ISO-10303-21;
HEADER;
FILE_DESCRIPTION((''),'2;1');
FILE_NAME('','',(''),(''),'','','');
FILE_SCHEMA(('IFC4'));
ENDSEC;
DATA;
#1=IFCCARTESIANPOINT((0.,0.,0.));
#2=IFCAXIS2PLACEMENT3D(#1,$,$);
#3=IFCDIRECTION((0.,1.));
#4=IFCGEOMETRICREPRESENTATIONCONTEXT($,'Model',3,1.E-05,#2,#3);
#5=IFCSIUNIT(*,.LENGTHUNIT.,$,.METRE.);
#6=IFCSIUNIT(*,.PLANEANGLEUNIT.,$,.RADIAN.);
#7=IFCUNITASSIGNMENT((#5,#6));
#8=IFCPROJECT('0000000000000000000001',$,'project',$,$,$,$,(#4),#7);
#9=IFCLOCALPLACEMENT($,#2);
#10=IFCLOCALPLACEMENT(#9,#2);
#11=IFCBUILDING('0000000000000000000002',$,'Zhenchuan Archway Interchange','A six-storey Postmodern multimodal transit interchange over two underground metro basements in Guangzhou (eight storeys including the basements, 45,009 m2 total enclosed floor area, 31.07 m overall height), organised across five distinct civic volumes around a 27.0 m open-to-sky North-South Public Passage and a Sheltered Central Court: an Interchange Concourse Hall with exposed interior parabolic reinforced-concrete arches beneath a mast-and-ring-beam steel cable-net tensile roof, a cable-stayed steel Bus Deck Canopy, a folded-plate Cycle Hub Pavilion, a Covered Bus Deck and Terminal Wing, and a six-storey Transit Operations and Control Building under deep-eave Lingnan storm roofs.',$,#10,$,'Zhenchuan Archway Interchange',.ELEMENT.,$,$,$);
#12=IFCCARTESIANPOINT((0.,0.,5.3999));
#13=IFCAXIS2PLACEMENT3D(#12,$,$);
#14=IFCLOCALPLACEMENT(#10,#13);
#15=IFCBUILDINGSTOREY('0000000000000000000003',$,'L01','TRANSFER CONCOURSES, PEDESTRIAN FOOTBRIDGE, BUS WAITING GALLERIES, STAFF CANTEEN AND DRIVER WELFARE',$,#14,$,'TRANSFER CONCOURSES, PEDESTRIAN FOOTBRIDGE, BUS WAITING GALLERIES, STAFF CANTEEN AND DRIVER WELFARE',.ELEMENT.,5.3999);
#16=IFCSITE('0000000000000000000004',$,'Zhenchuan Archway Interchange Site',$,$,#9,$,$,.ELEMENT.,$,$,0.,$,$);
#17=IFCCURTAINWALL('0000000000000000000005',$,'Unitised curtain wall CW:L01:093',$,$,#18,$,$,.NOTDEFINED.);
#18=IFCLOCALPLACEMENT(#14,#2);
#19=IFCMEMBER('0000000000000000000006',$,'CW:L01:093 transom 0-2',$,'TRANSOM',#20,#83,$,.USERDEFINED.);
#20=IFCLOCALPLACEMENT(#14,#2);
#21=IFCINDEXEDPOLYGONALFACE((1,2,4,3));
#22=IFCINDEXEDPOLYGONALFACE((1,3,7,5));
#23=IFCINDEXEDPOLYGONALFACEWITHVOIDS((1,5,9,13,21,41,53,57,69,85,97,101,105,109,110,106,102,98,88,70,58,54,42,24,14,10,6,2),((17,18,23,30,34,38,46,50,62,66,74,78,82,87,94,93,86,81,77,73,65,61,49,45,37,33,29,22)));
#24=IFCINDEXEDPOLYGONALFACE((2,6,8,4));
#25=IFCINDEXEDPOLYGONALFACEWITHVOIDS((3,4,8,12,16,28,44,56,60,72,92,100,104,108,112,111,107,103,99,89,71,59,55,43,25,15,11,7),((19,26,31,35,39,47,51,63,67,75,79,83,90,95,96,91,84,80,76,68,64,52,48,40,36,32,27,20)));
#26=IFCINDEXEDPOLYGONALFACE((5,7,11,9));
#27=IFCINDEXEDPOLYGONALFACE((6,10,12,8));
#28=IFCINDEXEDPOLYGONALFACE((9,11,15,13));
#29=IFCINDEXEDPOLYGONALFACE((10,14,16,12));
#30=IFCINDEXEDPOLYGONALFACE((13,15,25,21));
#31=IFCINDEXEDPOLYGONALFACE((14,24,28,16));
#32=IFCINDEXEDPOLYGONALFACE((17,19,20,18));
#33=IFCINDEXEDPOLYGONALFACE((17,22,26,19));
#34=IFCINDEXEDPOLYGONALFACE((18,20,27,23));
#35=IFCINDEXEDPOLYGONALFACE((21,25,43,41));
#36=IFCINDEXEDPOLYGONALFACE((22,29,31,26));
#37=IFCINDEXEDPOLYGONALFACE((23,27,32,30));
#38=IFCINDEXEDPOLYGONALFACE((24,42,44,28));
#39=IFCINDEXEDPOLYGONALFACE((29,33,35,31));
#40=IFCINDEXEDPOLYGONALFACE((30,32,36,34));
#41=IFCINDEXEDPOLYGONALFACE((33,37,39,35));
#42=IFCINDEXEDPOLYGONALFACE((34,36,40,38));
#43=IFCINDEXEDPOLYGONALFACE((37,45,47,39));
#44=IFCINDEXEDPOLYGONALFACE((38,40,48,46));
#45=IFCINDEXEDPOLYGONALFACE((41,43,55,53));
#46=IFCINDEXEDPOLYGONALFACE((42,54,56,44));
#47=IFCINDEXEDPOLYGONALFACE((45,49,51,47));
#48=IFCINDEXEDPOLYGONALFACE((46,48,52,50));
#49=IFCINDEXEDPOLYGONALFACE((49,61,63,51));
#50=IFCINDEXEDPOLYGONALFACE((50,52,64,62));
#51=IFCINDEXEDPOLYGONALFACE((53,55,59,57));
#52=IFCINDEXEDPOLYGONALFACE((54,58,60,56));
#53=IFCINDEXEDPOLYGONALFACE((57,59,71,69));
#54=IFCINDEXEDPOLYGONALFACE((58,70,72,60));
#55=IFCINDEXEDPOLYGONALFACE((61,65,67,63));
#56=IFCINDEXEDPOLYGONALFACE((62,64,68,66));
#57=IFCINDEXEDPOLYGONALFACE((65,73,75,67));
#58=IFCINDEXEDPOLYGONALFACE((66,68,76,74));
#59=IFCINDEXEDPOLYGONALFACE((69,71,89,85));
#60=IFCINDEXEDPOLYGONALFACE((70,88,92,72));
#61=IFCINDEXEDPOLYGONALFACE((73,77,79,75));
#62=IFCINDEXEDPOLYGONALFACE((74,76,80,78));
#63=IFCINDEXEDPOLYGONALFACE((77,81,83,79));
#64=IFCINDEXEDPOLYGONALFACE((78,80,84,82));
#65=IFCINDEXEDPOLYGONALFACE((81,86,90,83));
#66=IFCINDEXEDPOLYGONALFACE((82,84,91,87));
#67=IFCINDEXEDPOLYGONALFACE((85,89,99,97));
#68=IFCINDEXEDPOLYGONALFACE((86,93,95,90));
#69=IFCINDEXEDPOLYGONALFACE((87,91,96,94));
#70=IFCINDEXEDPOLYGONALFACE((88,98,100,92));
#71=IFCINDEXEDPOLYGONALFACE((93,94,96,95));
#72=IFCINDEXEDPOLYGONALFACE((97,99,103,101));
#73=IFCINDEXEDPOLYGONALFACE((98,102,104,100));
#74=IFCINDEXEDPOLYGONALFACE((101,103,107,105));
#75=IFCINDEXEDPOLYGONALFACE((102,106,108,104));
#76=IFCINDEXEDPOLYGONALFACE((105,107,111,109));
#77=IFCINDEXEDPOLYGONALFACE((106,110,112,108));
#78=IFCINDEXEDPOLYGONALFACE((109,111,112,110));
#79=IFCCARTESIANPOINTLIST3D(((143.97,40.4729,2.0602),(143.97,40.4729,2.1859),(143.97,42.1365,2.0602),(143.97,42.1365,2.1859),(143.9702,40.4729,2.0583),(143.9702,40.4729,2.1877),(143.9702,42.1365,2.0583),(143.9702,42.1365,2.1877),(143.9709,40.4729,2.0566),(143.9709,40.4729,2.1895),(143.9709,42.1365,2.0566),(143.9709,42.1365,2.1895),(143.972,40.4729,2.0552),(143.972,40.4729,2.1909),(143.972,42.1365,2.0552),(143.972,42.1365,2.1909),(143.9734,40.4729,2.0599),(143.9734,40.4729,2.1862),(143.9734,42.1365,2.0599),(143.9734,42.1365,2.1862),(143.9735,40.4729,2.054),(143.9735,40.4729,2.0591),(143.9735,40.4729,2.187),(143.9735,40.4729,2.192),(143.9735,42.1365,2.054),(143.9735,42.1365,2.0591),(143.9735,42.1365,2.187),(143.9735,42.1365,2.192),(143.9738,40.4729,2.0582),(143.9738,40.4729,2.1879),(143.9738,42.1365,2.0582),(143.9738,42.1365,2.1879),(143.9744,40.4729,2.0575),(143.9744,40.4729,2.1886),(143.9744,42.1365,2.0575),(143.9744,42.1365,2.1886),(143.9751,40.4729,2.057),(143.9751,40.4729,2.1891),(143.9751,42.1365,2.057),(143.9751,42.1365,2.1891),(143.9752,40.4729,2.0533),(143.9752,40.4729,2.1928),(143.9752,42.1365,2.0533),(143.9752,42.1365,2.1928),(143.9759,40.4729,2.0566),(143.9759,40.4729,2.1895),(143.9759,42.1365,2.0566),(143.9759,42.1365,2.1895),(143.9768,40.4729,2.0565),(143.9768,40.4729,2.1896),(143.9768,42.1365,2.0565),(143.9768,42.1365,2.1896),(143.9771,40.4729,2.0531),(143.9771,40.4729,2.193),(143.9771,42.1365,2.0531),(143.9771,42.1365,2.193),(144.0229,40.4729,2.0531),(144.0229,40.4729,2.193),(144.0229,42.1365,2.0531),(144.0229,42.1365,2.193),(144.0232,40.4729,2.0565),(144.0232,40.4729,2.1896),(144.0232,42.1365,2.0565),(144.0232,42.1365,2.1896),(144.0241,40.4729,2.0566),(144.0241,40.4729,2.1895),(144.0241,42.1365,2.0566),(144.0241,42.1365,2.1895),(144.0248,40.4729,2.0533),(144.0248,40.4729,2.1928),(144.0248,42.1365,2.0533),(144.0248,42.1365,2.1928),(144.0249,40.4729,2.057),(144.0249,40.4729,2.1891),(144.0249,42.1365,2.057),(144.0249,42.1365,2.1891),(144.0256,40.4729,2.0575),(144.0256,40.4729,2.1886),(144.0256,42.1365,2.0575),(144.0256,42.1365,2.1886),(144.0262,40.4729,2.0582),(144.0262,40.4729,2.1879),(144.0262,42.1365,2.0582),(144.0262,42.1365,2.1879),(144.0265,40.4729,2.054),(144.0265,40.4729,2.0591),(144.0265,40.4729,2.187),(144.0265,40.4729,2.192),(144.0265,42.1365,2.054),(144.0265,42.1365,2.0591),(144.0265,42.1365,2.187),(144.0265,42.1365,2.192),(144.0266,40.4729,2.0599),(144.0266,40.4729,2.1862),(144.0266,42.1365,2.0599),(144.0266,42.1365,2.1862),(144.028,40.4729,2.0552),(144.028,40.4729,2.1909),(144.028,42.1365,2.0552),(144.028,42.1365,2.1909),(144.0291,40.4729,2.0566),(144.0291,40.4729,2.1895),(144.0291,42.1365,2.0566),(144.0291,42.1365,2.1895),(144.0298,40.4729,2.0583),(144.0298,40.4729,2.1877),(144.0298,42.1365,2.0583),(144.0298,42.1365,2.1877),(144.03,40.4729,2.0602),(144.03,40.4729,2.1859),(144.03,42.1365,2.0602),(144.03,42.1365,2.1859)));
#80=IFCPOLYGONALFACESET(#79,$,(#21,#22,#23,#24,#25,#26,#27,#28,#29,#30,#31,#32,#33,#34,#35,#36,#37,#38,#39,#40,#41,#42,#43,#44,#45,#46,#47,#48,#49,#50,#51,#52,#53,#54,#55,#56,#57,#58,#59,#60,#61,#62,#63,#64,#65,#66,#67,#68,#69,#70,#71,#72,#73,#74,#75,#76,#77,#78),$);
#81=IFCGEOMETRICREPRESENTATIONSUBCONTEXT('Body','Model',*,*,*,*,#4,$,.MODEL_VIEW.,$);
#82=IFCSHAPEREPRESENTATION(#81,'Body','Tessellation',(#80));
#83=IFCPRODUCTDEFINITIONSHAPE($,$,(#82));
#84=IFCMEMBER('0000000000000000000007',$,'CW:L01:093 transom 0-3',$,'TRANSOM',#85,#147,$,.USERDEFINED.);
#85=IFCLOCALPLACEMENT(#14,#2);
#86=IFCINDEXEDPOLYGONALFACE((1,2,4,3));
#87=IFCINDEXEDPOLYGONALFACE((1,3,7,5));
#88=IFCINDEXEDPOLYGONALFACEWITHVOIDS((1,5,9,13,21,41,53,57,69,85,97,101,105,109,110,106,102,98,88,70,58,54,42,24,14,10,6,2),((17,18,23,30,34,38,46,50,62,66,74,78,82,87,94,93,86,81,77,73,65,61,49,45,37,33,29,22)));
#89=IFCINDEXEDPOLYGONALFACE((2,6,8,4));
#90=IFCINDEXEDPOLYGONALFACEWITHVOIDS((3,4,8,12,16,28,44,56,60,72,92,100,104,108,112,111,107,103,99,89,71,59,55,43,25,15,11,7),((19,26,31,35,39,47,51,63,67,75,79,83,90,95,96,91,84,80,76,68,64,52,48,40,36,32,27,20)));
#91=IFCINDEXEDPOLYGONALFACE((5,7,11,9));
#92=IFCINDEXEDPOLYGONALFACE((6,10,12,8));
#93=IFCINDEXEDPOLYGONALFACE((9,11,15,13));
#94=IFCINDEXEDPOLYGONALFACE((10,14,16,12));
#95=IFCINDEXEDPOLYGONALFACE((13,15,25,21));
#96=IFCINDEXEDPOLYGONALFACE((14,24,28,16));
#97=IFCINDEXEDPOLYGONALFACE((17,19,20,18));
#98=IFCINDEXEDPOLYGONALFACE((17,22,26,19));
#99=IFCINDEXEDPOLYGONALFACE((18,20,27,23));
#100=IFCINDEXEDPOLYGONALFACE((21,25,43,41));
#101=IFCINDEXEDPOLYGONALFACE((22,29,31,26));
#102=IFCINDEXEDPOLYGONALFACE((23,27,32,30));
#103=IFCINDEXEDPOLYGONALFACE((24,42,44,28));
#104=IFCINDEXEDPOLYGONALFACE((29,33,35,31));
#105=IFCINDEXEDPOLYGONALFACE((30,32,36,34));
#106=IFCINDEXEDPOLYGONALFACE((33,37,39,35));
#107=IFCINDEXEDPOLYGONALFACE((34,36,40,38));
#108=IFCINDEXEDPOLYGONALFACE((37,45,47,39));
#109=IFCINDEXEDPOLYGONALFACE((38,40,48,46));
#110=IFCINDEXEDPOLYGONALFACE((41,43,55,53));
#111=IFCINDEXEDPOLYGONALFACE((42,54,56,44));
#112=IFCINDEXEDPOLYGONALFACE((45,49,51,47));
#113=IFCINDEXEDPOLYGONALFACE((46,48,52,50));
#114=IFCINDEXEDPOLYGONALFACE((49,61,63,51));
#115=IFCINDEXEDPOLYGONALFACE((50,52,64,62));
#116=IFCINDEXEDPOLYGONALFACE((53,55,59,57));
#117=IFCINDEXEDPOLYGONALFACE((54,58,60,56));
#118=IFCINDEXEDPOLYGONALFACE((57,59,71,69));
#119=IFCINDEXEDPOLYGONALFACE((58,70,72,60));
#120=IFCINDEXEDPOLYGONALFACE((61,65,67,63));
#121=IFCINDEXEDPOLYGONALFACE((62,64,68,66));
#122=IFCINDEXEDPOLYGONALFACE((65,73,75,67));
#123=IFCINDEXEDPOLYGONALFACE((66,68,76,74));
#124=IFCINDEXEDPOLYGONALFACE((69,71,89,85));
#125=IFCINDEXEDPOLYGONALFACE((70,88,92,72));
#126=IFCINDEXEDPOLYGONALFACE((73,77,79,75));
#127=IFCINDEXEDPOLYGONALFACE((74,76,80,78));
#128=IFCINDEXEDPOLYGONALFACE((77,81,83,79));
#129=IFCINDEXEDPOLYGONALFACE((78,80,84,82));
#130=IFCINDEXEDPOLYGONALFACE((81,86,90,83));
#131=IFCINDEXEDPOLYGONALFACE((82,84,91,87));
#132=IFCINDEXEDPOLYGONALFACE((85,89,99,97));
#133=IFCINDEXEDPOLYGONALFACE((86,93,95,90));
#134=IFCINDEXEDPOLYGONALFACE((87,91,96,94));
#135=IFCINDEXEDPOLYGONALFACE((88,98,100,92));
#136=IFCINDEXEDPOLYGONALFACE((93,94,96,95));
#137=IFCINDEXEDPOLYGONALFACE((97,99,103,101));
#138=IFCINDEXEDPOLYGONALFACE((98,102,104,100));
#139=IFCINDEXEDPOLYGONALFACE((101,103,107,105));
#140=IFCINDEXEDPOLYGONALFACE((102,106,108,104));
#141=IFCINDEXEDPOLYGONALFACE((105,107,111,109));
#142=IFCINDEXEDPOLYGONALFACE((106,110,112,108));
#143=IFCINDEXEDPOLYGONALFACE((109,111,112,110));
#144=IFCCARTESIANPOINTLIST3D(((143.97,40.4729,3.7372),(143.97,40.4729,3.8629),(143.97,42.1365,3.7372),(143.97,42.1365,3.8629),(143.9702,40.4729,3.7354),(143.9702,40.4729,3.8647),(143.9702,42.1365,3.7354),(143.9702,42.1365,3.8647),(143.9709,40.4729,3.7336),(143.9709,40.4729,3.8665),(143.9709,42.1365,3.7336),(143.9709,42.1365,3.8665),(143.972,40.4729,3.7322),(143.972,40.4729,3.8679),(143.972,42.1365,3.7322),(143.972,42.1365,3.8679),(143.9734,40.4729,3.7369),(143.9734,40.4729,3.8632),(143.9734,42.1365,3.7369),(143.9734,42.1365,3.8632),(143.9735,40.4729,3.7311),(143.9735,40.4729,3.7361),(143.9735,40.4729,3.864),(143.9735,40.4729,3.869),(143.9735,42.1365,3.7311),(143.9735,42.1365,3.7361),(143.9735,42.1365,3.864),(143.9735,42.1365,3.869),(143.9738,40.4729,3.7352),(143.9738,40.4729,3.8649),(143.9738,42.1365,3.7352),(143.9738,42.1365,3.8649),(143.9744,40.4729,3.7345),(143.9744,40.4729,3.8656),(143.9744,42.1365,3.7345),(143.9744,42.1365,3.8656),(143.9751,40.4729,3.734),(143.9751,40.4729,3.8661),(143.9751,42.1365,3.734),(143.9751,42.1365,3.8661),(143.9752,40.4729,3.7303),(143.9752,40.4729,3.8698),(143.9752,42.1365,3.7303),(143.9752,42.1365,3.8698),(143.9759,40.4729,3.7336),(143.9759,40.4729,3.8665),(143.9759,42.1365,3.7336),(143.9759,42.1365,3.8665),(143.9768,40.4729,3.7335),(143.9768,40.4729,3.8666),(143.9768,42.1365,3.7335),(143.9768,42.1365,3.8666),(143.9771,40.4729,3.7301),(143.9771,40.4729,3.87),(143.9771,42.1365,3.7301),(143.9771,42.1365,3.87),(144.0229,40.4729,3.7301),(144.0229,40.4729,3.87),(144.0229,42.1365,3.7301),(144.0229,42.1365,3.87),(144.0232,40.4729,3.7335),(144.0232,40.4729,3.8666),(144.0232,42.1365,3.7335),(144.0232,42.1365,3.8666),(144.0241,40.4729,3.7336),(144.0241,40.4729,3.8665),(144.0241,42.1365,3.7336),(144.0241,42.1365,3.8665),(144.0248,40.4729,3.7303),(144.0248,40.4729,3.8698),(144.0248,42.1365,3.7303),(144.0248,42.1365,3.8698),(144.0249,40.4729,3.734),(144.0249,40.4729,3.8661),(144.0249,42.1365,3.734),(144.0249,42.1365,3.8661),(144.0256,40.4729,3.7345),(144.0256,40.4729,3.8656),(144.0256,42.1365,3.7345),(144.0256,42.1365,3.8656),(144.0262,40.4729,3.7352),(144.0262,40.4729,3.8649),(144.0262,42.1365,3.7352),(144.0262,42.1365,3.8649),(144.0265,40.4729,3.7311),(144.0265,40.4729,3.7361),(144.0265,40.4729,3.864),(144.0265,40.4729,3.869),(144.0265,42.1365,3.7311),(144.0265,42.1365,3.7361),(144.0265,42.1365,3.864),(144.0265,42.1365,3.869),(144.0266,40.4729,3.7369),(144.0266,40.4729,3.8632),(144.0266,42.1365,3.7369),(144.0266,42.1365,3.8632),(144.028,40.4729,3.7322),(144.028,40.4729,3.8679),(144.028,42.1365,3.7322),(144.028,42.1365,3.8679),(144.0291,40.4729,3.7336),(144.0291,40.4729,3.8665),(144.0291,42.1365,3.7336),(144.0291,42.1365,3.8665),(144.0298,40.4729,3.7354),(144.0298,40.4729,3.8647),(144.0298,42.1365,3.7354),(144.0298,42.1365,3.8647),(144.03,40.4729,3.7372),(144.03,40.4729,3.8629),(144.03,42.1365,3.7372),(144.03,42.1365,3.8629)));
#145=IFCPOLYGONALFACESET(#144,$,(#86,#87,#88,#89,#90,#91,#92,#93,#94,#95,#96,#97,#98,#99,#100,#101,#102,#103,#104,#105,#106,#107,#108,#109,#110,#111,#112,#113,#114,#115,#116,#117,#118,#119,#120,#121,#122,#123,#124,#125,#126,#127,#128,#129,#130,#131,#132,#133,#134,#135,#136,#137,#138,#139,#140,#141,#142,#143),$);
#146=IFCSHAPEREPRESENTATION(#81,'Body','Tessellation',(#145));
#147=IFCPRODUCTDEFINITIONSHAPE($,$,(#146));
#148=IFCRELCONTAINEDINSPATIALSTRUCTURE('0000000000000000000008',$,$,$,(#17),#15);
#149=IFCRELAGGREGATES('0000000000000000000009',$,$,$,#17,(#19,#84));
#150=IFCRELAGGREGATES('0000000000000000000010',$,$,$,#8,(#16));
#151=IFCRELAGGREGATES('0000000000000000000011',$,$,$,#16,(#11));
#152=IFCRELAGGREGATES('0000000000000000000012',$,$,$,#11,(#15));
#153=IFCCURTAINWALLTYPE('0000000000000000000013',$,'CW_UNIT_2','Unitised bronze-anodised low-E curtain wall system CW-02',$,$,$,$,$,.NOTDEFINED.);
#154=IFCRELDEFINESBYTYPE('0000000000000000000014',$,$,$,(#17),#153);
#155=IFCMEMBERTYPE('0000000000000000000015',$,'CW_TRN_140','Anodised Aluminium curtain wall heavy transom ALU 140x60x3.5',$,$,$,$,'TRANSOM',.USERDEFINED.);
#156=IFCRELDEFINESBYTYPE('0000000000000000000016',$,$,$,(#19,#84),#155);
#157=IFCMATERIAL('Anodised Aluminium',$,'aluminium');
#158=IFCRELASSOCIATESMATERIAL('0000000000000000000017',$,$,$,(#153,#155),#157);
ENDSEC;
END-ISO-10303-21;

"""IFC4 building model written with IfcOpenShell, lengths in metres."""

from ifc_helpers import new_model, si_unit, direction, frame, origin, origin_2d, place, context, subcontext, project, spatial, hollow_rectangle, extrude, material, material_profile, profile_set, type_object, element, aggregate, save


model = new_model("IFC4")

# Units and contexts
model_context = context("Model", 3, precision=1e-05, world=origin(), true_north=direction((0.0, 1.0)))
body_context = subcontext(model_context, "Body", "Model", "MODEL_VIEW")
ifc_project = project(units=[si_unit("LENGTHUNIT", "METRE"), si_unit("PLANEANGLEUNIT", "RADIAN")], contexts=[model_context])

# Site, building, storey
site_placement = place(None, origin())
site = spatial("IfcSite", under=ifc_project, at=site_placement, Name="Zhenchuan Archway Interchange Site", CompositionType="ELEMENT", RefElevation=0.0)
building_placement = place(site_placement, origin())
building = spatial("IfcBuilding", under=site, at=building_placement, Name="Zhenchuan Archway Interchange", Description="A six-storey Postmodern multimodal transit interchange over two underground metro basements in Guangzhou (eight storeys including the basements, 45,009 m2 total enclosed floor area, 31.07 m overall height), organised across five distinct civic volumes around a 27.0 m open-to-sky North-South Public Passage and a Sheltered Central Court: an Interchange Concourse Hall with exposed interior parabolic reinforced-concrete arches beneath a mast-and-ring-beam steel cable-net tensile roof, a cable-stayed steel Bus Deck Canopy, a folded-plate Cycle Hub Pavilion, a Covered Bus Deck and Terminal Wing, and a six-storey Transit Operations and Control Building under deep-eave Lingnan storm roofs.", LongName="Zhenchuan Archway Interchange", CompositionType="ELEMENT")
storey_placement = place(building_placement, frame((0.0, 0.0, 5.3999)))
storey = spatial("IfcBuildingStorey", under=building, at=storey_placement, Name="L01", Description="TRANSFER CONCOURSES, PEDESTRIAN FOOTBRIDGE, BUS WAITING GALLERIES, STAFF CANTEEN AND DRIVER WELFARE", LongName="TRANSFER CONCOURSES, PEDESTRIAN FOOTBRIDGE, BUS WAITING GALLERIES, STAFF CANTEEN AND DRIVER WELFARE", CompositionType="ELEMENT", Elevation=5.3999)

# Curtain wall, members
ifc_material_1 = material(Name="Anodised Aluminium", Category="aluminium")
curtain_wall_type = type_object("IfcCurtainWallType", Name="CW_UNIT_2", Description="Unitised bronze-anodised low-E curtain wall system CW-02", PredefinedType="NOTDEFINED", material=ifc_material_1)
curtain_wall_placement = place(storey_placement, origin())
curtain_wall = element("IfcCurtainWall", 1, at=curtain_wall_placement, inside=storey, type_object=curtain_wall_type, Name="Unitised curtain wall CW:L01:093", PredefinedType="NOTDEFINED")
ifc_material_profile_1 = material_profile(ifc_material_1, hollow_rectangle(XDim=0.0601, YDim=0.1399, WallThickness=0.0034, InnerFilletRadius=0.0034, OuterFilletRadius=0.0071, at=origin_2d()), Name="ALU 140x60x3.5")
ifc_profile_set_1 = profile_set([ifc_material_profile_1], Name="Anodised Aluminium")
member_type_1 = type_object("IfcMemberType", Name="CW_TRN_140", Description="Anodised Aluminium curtain wall heavy transom ALU 140x60x3.5", ElementType="TRANSOM", PredefinedType="USERDEFINED", material=ifc_profile_set_1)
member_1_placement = place(storey_placement, frame((144.0, 40.4729, 2.123), z_axis=(0.0, 1.0, 0.0), x_axis=(-1.0, 0.0, 0.0)))
member_1 = element("IfcMember", 2, at=member_1_placement, type_object=member_type_1, Name="CW:L01:093 transom 0-2", ObjectType="TRANSOM", PredefinedType="USERDEFINED", context=body_context, shape_type="SweptSolid", body=[
    extrude(hollow_rectangle(XDim=0.0601, YDim=0.1399, WallThickness=0.0034, InnerFilletRadius=0.0034, OuterFilletRadius=0.0071, at=origin_2d()), origin(), (0.0, 0.0, 1.0), 1.6636),
])
member_2_placement = place(storey_placement, frame((144.0, 40.4729, 3.8), z_axis=(0.0, 1.0, 0.0), x_axis=(-1.0, 0.0, 0.0)))
member_2 = element("IfcMember", 3, at=member_2_placement, type_object=member_type_1, Name="CW:L01:093 transom 0-3", ObjectType="TRANSOM", PredefinedType="USERDEFINED", context=body_context, shape_type="SweptSolid", body=[
    extrude(hollow_rectangle(XDim=0.0601, YDim=0.1399, WallThickness=0.0034, InnerFilletRadius=0.0034, OuterFilletRadius=0.0071, at=origin_2d()), origin(), (0.0, 0.0, 1.0), 1.6636),
])

aggregate(curtain_wall, [member_1, member_2])

save(model, "model.ifc")
